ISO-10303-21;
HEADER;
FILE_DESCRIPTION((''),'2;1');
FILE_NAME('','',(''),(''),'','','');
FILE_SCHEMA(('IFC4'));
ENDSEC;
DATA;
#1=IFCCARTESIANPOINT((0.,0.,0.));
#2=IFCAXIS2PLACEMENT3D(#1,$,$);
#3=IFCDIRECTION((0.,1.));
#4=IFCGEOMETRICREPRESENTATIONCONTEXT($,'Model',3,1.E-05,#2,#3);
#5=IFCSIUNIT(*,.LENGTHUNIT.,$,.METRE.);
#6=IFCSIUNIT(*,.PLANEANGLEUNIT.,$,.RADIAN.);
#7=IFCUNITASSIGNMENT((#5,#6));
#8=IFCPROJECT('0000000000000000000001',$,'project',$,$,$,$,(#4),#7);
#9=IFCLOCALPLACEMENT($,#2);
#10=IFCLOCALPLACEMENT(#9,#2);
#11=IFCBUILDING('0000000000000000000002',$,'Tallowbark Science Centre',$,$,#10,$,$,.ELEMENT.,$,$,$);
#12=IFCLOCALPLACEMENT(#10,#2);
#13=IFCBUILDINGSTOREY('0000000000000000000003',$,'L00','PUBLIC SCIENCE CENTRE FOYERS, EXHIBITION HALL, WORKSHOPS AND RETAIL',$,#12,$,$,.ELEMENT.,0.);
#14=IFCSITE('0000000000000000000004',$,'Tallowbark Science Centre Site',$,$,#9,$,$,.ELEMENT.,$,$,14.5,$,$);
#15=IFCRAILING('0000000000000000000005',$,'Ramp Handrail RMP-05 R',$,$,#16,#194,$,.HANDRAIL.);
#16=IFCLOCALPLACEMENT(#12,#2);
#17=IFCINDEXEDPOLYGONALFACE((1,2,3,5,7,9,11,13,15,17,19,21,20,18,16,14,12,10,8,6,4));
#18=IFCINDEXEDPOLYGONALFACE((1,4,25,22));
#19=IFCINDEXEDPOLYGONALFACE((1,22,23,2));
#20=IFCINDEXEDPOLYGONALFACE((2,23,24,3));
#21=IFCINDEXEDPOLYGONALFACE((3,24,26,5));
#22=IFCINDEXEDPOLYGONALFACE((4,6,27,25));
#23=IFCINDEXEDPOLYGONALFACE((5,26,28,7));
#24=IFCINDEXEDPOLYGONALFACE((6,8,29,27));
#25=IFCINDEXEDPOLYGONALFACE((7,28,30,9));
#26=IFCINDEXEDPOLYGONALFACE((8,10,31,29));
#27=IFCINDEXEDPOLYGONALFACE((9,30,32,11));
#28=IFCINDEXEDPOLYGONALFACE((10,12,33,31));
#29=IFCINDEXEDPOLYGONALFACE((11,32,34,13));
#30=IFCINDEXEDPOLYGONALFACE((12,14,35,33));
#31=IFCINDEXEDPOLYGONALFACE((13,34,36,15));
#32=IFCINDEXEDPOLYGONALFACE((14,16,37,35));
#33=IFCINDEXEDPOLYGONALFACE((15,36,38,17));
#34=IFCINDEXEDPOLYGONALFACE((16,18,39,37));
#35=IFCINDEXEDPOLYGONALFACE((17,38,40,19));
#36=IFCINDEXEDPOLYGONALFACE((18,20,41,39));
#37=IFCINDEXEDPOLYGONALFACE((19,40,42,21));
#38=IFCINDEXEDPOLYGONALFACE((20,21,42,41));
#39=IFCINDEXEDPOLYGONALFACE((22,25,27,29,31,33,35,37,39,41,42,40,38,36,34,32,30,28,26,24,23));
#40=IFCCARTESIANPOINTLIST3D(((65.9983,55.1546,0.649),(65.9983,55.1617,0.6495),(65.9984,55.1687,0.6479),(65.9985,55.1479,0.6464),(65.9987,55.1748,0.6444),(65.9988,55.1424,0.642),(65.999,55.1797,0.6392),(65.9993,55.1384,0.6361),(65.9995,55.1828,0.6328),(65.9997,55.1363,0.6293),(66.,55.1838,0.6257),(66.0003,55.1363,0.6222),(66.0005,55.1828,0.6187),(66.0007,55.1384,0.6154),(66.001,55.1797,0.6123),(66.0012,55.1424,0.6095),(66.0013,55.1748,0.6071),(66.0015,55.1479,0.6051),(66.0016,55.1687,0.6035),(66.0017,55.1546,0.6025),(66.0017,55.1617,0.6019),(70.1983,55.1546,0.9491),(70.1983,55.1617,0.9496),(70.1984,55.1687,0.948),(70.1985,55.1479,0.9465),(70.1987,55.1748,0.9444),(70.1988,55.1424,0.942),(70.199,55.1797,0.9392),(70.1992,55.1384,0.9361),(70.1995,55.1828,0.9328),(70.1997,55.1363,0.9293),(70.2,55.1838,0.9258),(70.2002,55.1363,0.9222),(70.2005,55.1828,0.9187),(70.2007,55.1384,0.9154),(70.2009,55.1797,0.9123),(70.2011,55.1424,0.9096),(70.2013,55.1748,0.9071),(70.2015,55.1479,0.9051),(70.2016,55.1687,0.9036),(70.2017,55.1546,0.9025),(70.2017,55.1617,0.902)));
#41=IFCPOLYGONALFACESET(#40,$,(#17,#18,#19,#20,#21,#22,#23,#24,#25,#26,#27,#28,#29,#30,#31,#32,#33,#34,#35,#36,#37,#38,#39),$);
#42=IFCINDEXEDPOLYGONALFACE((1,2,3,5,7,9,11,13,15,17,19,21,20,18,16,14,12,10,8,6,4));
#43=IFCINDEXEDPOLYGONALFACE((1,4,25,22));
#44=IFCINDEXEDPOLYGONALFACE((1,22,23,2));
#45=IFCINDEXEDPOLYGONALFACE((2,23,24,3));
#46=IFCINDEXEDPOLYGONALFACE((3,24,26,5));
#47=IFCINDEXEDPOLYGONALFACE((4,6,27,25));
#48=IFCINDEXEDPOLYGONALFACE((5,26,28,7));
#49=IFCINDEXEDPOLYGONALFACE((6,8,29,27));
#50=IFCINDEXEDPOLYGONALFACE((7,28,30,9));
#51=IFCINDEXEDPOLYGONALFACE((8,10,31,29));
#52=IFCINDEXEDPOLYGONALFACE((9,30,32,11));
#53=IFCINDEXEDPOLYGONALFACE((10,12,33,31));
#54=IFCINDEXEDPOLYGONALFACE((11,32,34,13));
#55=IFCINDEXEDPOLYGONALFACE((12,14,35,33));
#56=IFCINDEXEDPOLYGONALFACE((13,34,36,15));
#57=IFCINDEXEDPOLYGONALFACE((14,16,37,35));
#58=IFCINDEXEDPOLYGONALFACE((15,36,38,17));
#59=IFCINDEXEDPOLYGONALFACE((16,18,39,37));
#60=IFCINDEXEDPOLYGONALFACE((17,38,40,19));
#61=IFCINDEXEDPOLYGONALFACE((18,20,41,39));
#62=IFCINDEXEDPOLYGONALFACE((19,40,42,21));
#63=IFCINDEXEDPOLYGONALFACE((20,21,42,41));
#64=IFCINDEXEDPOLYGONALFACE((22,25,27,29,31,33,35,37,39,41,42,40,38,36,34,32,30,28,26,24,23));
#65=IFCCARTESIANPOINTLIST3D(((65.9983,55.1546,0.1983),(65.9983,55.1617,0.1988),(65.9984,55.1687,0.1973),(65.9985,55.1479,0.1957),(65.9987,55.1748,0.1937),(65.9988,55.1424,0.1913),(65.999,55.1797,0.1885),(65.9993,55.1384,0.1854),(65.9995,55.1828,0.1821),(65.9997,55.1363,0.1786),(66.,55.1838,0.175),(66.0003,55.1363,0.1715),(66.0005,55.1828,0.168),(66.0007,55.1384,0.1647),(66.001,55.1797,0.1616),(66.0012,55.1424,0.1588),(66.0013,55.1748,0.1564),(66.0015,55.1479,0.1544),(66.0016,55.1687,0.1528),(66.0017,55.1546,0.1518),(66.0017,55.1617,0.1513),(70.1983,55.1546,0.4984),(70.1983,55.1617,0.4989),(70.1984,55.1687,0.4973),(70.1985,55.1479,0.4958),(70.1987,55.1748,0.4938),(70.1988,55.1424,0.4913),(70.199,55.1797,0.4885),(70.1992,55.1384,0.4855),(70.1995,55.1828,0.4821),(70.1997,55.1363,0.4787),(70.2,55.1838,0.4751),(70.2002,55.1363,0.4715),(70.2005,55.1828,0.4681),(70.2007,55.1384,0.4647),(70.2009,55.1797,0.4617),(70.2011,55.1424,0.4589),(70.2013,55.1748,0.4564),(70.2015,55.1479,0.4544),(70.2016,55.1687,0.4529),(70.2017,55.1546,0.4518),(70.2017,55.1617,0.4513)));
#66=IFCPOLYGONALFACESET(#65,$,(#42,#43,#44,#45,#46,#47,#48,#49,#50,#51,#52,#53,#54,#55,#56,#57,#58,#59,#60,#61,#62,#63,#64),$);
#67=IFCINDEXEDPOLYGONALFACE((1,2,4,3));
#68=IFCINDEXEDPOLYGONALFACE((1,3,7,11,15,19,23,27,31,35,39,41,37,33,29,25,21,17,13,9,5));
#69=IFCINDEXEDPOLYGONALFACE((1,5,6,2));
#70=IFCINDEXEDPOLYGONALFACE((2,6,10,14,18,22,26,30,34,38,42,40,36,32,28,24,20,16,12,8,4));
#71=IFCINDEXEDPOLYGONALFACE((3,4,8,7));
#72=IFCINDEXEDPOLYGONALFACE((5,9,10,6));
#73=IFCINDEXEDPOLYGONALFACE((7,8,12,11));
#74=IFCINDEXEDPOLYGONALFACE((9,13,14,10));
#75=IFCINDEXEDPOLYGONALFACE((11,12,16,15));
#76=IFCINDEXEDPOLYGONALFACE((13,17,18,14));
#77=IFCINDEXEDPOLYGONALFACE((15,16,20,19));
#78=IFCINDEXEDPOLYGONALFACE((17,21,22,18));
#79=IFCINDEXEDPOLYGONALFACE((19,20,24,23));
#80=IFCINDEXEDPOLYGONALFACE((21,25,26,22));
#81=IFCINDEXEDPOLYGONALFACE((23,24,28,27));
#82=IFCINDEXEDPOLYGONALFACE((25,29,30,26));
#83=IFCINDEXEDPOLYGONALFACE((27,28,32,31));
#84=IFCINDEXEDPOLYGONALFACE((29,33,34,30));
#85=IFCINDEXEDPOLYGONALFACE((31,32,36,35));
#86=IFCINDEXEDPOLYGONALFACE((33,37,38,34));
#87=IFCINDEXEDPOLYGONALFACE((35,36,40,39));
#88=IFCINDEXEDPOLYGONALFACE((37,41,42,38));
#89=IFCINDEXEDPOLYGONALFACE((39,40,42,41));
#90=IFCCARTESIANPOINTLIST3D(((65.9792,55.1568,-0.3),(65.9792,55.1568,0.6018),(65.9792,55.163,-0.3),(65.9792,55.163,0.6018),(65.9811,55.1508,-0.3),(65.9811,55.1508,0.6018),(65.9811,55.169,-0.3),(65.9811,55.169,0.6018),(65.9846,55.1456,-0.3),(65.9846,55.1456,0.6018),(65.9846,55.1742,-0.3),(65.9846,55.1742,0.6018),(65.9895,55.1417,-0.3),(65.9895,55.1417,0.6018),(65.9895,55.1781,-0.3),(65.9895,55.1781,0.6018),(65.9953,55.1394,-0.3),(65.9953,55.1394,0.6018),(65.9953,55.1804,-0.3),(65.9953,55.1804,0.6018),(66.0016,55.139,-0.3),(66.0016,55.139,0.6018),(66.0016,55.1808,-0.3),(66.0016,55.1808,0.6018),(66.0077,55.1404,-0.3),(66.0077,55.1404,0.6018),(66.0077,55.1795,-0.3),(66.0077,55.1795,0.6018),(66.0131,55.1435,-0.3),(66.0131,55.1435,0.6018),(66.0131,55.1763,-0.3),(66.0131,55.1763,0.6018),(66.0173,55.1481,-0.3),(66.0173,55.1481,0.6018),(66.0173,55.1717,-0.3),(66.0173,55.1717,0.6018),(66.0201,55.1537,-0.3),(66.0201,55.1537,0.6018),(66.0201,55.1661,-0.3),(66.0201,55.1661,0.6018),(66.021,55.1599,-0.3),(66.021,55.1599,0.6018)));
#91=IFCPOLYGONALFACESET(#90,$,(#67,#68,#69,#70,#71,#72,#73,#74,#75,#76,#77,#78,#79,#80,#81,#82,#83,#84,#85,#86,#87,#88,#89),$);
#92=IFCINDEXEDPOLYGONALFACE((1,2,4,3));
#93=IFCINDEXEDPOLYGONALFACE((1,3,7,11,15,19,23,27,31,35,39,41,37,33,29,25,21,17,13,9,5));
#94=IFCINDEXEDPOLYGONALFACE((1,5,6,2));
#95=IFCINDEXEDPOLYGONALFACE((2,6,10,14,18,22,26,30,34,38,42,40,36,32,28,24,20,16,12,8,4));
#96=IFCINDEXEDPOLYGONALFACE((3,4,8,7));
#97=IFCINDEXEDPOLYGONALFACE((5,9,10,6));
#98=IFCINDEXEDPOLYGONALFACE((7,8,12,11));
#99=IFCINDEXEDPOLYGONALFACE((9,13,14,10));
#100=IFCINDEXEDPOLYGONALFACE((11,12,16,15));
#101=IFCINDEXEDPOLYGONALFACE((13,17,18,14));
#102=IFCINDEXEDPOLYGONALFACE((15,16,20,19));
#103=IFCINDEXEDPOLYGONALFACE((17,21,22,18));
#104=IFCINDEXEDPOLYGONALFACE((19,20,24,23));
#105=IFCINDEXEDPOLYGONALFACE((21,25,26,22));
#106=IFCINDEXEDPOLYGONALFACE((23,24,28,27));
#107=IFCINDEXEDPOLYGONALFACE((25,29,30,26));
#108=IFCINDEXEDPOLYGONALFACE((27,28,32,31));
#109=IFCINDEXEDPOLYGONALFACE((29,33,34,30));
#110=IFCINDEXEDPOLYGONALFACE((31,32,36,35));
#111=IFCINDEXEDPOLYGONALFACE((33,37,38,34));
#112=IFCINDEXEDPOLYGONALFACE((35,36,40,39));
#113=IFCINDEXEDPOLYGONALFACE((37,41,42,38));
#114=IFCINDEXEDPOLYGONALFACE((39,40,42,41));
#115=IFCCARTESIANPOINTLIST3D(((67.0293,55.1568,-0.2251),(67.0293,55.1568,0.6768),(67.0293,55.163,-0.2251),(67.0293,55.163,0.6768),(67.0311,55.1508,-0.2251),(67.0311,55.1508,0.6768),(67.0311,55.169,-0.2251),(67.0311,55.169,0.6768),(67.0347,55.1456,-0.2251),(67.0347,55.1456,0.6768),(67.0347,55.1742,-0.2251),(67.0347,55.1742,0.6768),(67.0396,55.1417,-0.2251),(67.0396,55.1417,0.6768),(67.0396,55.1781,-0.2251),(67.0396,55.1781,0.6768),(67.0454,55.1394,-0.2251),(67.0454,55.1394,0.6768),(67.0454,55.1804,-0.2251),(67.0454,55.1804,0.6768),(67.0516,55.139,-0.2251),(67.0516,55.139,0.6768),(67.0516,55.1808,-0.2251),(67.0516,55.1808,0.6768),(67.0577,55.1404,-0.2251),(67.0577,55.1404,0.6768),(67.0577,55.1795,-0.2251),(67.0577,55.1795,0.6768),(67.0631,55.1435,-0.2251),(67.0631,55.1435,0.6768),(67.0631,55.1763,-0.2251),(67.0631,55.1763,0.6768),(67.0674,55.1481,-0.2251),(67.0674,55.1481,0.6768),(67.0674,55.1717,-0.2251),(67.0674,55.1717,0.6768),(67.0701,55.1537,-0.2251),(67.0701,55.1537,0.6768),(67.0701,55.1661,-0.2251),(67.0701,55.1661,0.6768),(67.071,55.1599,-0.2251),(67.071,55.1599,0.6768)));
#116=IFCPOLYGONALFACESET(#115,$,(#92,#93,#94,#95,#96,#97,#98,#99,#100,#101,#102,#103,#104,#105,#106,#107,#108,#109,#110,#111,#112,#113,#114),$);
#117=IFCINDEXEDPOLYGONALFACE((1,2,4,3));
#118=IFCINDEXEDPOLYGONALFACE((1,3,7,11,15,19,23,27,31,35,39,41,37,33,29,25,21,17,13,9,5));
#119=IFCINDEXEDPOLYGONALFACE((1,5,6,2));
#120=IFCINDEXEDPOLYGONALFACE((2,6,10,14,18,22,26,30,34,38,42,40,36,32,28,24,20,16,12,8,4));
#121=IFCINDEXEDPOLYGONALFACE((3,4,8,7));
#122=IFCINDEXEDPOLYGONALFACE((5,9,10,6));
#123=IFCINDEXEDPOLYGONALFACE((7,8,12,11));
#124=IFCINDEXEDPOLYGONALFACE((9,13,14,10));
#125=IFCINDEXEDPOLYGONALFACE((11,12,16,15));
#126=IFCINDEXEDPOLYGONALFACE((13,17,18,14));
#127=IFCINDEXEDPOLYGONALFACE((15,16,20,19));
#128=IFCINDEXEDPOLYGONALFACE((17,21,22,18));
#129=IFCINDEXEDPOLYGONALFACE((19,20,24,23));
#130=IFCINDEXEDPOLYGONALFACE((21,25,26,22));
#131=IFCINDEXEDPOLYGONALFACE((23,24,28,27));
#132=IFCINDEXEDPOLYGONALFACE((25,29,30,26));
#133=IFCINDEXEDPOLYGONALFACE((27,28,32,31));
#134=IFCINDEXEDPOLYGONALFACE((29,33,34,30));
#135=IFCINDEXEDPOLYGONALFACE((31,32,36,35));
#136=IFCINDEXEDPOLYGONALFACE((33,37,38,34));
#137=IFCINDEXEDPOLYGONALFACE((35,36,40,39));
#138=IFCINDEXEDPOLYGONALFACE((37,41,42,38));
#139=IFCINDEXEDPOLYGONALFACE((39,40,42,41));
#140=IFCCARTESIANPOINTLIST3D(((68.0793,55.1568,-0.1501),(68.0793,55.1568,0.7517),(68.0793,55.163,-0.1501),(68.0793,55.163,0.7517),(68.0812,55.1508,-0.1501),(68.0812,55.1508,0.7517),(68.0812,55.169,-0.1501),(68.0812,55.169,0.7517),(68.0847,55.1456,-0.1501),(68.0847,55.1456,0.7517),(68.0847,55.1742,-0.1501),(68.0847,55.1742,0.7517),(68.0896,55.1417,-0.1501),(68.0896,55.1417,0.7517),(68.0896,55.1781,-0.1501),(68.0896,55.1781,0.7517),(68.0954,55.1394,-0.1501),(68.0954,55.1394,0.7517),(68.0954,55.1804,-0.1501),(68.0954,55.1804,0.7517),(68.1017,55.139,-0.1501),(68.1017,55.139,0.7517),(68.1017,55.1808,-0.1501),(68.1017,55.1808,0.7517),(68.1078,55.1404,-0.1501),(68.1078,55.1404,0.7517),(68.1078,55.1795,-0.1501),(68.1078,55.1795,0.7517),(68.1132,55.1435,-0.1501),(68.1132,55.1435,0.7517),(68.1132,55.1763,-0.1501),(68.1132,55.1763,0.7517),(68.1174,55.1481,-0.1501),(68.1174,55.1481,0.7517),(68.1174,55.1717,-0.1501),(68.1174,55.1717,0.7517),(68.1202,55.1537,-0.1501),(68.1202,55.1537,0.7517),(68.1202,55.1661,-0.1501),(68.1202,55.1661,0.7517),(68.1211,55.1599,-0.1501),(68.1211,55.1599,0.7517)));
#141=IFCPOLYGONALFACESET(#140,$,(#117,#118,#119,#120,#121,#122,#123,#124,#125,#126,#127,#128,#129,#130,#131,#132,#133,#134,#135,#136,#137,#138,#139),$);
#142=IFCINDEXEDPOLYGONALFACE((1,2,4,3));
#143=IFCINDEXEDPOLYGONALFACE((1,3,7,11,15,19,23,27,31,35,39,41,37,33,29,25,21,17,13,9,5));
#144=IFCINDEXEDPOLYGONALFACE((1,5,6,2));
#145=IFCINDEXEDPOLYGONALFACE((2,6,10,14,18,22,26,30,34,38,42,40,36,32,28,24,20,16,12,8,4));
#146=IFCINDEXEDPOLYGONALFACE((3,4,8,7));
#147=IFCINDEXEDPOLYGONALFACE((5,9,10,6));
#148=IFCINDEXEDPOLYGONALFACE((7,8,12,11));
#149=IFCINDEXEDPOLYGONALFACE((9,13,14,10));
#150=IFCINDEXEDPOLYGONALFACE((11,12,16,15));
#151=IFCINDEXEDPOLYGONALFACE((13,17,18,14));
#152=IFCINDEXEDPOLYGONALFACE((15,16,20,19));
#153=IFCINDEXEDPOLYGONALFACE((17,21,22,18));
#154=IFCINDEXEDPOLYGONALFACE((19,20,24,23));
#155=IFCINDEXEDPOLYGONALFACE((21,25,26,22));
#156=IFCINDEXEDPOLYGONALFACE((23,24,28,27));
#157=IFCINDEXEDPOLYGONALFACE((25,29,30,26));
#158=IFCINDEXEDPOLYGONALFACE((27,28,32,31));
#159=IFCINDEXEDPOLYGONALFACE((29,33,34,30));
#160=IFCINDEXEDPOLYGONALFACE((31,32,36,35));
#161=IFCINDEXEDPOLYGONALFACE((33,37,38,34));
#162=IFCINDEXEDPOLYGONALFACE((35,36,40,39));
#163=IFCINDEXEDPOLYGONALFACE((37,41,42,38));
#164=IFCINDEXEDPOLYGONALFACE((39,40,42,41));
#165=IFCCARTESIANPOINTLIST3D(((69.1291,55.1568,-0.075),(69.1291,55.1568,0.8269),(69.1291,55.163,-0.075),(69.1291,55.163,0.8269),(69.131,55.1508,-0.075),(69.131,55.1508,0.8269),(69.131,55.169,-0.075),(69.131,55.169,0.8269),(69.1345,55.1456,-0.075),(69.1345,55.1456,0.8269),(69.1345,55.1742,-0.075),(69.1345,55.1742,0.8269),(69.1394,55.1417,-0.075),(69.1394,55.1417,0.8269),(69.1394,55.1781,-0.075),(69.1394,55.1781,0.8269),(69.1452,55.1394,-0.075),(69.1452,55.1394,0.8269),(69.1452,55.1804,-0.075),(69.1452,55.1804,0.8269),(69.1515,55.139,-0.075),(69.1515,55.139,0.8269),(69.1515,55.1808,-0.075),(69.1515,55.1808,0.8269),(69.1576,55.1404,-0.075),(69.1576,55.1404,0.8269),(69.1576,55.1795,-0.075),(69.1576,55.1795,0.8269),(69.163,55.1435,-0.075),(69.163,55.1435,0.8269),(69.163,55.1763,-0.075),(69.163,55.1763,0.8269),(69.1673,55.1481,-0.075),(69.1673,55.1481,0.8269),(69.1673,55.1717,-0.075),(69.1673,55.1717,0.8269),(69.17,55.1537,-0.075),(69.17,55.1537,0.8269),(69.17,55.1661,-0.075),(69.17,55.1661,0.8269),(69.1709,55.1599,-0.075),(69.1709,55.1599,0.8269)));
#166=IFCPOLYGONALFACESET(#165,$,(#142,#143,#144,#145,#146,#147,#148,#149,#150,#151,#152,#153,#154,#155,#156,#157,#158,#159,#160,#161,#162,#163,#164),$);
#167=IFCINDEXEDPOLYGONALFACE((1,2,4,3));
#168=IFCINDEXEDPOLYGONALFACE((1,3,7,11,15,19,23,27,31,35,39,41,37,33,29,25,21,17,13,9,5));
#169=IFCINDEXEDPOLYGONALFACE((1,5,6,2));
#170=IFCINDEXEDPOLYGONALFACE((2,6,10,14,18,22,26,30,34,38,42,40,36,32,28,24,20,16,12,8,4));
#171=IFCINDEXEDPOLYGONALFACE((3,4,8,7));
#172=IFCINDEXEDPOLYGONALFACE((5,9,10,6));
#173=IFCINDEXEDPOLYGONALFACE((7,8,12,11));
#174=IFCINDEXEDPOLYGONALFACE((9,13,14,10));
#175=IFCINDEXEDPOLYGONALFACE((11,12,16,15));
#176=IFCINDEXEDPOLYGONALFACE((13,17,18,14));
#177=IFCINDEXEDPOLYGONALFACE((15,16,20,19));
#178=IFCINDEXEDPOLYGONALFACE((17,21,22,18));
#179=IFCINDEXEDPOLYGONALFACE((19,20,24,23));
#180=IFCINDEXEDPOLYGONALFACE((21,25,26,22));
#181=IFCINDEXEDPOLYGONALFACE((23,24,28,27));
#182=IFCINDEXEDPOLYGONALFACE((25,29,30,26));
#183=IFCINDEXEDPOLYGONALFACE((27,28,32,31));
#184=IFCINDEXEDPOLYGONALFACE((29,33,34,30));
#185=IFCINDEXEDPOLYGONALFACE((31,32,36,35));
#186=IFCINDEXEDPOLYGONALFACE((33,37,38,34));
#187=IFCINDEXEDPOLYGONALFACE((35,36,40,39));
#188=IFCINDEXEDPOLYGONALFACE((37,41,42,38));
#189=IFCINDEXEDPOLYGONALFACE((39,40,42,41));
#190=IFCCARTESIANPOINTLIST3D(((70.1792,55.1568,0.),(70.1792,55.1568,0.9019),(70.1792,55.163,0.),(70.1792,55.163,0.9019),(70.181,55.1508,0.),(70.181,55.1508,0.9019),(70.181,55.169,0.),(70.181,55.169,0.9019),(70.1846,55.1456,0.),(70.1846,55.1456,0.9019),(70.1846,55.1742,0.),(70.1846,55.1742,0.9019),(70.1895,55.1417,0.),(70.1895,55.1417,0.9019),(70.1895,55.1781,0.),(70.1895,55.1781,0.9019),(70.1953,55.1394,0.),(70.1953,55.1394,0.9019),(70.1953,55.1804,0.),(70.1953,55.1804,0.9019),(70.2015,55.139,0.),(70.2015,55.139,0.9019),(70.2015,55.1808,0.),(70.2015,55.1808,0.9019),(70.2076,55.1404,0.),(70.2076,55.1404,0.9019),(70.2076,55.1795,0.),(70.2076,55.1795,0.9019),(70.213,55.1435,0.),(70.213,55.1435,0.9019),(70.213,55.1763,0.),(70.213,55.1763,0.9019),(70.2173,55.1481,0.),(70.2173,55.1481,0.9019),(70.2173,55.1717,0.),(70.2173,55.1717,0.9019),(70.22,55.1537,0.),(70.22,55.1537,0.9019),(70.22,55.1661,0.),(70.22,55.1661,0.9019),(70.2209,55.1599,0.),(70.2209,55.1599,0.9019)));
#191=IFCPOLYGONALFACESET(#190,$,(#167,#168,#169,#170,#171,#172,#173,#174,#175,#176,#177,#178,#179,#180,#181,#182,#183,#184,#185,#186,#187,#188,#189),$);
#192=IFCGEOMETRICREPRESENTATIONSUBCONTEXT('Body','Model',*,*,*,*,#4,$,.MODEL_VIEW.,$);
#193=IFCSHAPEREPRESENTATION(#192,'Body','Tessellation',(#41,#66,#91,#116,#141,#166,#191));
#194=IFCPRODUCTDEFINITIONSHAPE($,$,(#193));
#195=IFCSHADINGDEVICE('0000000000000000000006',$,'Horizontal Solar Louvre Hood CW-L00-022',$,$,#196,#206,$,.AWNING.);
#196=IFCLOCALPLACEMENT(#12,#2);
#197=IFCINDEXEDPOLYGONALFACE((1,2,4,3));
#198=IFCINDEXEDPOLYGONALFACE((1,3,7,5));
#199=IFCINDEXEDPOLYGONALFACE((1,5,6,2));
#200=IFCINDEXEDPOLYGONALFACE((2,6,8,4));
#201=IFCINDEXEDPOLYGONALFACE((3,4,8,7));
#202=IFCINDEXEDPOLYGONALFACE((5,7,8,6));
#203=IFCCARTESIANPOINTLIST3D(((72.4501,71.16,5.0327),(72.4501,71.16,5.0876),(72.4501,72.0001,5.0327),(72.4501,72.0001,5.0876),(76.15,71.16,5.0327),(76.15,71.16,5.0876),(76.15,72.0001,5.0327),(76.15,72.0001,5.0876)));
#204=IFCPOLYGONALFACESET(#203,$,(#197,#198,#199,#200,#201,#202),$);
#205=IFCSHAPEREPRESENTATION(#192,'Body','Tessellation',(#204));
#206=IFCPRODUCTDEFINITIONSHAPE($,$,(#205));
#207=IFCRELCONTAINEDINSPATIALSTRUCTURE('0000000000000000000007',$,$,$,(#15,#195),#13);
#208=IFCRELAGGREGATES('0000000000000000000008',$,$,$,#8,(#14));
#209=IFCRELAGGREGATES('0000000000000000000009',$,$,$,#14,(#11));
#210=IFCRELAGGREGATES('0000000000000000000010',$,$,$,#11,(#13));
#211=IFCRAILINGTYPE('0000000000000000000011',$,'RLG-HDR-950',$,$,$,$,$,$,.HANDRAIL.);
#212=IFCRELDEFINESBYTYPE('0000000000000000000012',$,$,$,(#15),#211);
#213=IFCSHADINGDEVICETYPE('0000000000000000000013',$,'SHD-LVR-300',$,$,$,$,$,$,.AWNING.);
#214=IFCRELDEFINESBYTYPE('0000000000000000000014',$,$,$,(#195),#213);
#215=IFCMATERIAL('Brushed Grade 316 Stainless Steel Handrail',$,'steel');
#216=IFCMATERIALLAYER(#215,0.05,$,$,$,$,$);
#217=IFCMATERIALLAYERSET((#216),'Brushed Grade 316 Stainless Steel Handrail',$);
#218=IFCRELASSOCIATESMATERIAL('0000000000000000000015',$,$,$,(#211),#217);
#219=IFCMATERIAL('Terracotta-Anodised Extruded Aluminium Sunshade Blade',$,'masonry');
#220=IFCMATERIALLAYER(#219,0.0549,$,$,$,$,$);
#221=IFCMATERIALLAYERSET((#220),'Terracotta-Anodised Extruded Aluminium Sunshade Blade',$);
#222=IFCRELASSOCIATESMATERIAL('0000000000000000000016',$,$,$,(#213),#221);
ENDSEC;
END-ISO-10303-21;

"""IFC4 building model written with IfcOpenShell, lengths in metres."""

from ifc_helpers import new_model, si_unit, direction, frame, origin, origin_2d, place, context, subcontext, project, spatial, rectangle, circle, extrude, material, layer, layer_set, type_object, element, save


model = new_model("IFC4")

# Units and contexts
model_context = context("Model", 3, precision=1e-05, world=origin(), true_north=direction((0.0, 1.0)))
body_context = subcontext(model_context, "Body", "Model", "MODEL_VIEW")
ifc_project = project(units=[si_unit("LENGTHUNIT", "METRE"), si_unit("PLANEANGLEUNIT", "RADIAN")], contexts=[model_context])

# Site, building, storey
site_placement = place(None, origin())
site = spatial("IfcSite", under=ifc_project, at=site_placement, Name="Tallowbark Science Centre Site", CompositionType="ELEMENT", RefElevation=14.5)
building_placement = place(site_placement, origin())
building = spatial("IfcBuilding", under=site, at=building_placement, Name="Tallowbark Science Centre", CompositionType="ELEMENT")
storey_placement = place(building_placement, origin())
storey = spatial("IfcBuildingStorey", under=building, at=storey_placement, Name="L00", Description="PUBLIC SCIENCE CENTRE FOYERS, EXHIBITION HALL, WORKSHOPS AND RETAIL", CompositionType="ELEMENT", Elevation=0.0)

# Railing
ifc_material_1 = material(Name="Brushed Grade 316 Stainless Steel Handrail", Category="steel")
ifc_layer_1 = layer(ifc_material_1, 0.05)
ifc_layer_set_1 = layer_set([ifc_layer_1], Name="Brushed Grade 316 Stainless Steel Handrail")
railing_type = type_object("IfcRailingType", Name="RLG-HDR-950", PredefinedType="HANDRAIL", material=ifc_layer_set_1)
for number, where, name in (
    (1, (66.0, 55.1599, -0.3), "Ramp Handrail RMP-05 R"),
):
    element("IfcRailing", number, at=place(storey_placement, frame(where)), inside=storey, type_object=railing_type, Name=name, PredefinedType="HANDRAIL", context=body_context, shape_type="SweptSolid", body=[
        extrude(circle(Radius=0.0239, at=origin_2d()), frame((0.0, 0.0, 0.9258), z_axis=(0.997458, 0.0, 0.071259), x_axis=(0.0, 1.0, 0.0)), (0.0, 0.0, 1.0), 4.2107),
        extrude(circle(Radius=0.0239, at=origin_2d()), frame((0.0, 0.0, 0.4751), z_axis=(0.997458, 0.0, 0.071259), x_axis=(0.0, 1.0, 0.0)), (0.0, 0.0, 1.0), 4.2107),
        extrude(circle(Radius=0.021, at=origin_2d()), origin(), (0.0, 0.0, 1.0), 0.9019),
        extrude(circle(Radius=0.021, at=origin_2d()), frame((1.05, 0.0, 0.075)), (0.0, 0.0, 1.0), 0.9019),
        extrude(circle(Radius=0.021, at=origin_2d()), frame((2.1001, 0.0, 0.1499)), (0.0, 0.0, 1.0), 0.9019),
        extrude(circle(Radius=0.021, at=origin_2d()), frame((3.1499, 0.0, 0.2251)), (0.0, 0.0, 1.0), 0.9019),
        extrude(circle(Radius=0.021, at=origin_2d()), frame((4.2, 0.0, 0.3)), (0.0, 0.0, 1.0), 0.9019),
    ])

# Shading device
ifc_material_2 = material(Name="Terracotta-Anodised Extruded Aluminium Sunshade Blade", Category="masonry")
ifc_layer_2 = layer(ifc_material_2, 0.0549)
ifc_layer_set_2 = layer_set([ifc_layer_2], Name="Terracotta-Anodised Extruded Aluminium Sunshade Blade")
shading_device_type = type_object("IfcShadingDeviceType", Name="SHD-LVR-300", PredefinedType="AWNING", material=ifc_layer_set_2)
for number, where, z_axis, x_axis, name in (
    (2, (74.3, 71.5801, 5.0327), (0.0, 0.0, 1.0), (1.0, 0.0, 0.0), "Horizontal Solar Louvre Hood CW-L00-022"),
):
    element("IfcShadingDevice", number, at=place(storey_placement, frame(where, z_axis=z_axis, x_axis=x_axis)), inside=storey, type_object=shading_device_type, Name=name, PredefinedType="AWNING", context=body_context, shape_type="SweptSolid", body=[
        extrude(rectangle(XDim=3.7, YDim=0.8401, at=origin_2d()), origin(), (0.0, 0.0, 1.0), 0.0549),
    ])

save(model, "model.ifc")
